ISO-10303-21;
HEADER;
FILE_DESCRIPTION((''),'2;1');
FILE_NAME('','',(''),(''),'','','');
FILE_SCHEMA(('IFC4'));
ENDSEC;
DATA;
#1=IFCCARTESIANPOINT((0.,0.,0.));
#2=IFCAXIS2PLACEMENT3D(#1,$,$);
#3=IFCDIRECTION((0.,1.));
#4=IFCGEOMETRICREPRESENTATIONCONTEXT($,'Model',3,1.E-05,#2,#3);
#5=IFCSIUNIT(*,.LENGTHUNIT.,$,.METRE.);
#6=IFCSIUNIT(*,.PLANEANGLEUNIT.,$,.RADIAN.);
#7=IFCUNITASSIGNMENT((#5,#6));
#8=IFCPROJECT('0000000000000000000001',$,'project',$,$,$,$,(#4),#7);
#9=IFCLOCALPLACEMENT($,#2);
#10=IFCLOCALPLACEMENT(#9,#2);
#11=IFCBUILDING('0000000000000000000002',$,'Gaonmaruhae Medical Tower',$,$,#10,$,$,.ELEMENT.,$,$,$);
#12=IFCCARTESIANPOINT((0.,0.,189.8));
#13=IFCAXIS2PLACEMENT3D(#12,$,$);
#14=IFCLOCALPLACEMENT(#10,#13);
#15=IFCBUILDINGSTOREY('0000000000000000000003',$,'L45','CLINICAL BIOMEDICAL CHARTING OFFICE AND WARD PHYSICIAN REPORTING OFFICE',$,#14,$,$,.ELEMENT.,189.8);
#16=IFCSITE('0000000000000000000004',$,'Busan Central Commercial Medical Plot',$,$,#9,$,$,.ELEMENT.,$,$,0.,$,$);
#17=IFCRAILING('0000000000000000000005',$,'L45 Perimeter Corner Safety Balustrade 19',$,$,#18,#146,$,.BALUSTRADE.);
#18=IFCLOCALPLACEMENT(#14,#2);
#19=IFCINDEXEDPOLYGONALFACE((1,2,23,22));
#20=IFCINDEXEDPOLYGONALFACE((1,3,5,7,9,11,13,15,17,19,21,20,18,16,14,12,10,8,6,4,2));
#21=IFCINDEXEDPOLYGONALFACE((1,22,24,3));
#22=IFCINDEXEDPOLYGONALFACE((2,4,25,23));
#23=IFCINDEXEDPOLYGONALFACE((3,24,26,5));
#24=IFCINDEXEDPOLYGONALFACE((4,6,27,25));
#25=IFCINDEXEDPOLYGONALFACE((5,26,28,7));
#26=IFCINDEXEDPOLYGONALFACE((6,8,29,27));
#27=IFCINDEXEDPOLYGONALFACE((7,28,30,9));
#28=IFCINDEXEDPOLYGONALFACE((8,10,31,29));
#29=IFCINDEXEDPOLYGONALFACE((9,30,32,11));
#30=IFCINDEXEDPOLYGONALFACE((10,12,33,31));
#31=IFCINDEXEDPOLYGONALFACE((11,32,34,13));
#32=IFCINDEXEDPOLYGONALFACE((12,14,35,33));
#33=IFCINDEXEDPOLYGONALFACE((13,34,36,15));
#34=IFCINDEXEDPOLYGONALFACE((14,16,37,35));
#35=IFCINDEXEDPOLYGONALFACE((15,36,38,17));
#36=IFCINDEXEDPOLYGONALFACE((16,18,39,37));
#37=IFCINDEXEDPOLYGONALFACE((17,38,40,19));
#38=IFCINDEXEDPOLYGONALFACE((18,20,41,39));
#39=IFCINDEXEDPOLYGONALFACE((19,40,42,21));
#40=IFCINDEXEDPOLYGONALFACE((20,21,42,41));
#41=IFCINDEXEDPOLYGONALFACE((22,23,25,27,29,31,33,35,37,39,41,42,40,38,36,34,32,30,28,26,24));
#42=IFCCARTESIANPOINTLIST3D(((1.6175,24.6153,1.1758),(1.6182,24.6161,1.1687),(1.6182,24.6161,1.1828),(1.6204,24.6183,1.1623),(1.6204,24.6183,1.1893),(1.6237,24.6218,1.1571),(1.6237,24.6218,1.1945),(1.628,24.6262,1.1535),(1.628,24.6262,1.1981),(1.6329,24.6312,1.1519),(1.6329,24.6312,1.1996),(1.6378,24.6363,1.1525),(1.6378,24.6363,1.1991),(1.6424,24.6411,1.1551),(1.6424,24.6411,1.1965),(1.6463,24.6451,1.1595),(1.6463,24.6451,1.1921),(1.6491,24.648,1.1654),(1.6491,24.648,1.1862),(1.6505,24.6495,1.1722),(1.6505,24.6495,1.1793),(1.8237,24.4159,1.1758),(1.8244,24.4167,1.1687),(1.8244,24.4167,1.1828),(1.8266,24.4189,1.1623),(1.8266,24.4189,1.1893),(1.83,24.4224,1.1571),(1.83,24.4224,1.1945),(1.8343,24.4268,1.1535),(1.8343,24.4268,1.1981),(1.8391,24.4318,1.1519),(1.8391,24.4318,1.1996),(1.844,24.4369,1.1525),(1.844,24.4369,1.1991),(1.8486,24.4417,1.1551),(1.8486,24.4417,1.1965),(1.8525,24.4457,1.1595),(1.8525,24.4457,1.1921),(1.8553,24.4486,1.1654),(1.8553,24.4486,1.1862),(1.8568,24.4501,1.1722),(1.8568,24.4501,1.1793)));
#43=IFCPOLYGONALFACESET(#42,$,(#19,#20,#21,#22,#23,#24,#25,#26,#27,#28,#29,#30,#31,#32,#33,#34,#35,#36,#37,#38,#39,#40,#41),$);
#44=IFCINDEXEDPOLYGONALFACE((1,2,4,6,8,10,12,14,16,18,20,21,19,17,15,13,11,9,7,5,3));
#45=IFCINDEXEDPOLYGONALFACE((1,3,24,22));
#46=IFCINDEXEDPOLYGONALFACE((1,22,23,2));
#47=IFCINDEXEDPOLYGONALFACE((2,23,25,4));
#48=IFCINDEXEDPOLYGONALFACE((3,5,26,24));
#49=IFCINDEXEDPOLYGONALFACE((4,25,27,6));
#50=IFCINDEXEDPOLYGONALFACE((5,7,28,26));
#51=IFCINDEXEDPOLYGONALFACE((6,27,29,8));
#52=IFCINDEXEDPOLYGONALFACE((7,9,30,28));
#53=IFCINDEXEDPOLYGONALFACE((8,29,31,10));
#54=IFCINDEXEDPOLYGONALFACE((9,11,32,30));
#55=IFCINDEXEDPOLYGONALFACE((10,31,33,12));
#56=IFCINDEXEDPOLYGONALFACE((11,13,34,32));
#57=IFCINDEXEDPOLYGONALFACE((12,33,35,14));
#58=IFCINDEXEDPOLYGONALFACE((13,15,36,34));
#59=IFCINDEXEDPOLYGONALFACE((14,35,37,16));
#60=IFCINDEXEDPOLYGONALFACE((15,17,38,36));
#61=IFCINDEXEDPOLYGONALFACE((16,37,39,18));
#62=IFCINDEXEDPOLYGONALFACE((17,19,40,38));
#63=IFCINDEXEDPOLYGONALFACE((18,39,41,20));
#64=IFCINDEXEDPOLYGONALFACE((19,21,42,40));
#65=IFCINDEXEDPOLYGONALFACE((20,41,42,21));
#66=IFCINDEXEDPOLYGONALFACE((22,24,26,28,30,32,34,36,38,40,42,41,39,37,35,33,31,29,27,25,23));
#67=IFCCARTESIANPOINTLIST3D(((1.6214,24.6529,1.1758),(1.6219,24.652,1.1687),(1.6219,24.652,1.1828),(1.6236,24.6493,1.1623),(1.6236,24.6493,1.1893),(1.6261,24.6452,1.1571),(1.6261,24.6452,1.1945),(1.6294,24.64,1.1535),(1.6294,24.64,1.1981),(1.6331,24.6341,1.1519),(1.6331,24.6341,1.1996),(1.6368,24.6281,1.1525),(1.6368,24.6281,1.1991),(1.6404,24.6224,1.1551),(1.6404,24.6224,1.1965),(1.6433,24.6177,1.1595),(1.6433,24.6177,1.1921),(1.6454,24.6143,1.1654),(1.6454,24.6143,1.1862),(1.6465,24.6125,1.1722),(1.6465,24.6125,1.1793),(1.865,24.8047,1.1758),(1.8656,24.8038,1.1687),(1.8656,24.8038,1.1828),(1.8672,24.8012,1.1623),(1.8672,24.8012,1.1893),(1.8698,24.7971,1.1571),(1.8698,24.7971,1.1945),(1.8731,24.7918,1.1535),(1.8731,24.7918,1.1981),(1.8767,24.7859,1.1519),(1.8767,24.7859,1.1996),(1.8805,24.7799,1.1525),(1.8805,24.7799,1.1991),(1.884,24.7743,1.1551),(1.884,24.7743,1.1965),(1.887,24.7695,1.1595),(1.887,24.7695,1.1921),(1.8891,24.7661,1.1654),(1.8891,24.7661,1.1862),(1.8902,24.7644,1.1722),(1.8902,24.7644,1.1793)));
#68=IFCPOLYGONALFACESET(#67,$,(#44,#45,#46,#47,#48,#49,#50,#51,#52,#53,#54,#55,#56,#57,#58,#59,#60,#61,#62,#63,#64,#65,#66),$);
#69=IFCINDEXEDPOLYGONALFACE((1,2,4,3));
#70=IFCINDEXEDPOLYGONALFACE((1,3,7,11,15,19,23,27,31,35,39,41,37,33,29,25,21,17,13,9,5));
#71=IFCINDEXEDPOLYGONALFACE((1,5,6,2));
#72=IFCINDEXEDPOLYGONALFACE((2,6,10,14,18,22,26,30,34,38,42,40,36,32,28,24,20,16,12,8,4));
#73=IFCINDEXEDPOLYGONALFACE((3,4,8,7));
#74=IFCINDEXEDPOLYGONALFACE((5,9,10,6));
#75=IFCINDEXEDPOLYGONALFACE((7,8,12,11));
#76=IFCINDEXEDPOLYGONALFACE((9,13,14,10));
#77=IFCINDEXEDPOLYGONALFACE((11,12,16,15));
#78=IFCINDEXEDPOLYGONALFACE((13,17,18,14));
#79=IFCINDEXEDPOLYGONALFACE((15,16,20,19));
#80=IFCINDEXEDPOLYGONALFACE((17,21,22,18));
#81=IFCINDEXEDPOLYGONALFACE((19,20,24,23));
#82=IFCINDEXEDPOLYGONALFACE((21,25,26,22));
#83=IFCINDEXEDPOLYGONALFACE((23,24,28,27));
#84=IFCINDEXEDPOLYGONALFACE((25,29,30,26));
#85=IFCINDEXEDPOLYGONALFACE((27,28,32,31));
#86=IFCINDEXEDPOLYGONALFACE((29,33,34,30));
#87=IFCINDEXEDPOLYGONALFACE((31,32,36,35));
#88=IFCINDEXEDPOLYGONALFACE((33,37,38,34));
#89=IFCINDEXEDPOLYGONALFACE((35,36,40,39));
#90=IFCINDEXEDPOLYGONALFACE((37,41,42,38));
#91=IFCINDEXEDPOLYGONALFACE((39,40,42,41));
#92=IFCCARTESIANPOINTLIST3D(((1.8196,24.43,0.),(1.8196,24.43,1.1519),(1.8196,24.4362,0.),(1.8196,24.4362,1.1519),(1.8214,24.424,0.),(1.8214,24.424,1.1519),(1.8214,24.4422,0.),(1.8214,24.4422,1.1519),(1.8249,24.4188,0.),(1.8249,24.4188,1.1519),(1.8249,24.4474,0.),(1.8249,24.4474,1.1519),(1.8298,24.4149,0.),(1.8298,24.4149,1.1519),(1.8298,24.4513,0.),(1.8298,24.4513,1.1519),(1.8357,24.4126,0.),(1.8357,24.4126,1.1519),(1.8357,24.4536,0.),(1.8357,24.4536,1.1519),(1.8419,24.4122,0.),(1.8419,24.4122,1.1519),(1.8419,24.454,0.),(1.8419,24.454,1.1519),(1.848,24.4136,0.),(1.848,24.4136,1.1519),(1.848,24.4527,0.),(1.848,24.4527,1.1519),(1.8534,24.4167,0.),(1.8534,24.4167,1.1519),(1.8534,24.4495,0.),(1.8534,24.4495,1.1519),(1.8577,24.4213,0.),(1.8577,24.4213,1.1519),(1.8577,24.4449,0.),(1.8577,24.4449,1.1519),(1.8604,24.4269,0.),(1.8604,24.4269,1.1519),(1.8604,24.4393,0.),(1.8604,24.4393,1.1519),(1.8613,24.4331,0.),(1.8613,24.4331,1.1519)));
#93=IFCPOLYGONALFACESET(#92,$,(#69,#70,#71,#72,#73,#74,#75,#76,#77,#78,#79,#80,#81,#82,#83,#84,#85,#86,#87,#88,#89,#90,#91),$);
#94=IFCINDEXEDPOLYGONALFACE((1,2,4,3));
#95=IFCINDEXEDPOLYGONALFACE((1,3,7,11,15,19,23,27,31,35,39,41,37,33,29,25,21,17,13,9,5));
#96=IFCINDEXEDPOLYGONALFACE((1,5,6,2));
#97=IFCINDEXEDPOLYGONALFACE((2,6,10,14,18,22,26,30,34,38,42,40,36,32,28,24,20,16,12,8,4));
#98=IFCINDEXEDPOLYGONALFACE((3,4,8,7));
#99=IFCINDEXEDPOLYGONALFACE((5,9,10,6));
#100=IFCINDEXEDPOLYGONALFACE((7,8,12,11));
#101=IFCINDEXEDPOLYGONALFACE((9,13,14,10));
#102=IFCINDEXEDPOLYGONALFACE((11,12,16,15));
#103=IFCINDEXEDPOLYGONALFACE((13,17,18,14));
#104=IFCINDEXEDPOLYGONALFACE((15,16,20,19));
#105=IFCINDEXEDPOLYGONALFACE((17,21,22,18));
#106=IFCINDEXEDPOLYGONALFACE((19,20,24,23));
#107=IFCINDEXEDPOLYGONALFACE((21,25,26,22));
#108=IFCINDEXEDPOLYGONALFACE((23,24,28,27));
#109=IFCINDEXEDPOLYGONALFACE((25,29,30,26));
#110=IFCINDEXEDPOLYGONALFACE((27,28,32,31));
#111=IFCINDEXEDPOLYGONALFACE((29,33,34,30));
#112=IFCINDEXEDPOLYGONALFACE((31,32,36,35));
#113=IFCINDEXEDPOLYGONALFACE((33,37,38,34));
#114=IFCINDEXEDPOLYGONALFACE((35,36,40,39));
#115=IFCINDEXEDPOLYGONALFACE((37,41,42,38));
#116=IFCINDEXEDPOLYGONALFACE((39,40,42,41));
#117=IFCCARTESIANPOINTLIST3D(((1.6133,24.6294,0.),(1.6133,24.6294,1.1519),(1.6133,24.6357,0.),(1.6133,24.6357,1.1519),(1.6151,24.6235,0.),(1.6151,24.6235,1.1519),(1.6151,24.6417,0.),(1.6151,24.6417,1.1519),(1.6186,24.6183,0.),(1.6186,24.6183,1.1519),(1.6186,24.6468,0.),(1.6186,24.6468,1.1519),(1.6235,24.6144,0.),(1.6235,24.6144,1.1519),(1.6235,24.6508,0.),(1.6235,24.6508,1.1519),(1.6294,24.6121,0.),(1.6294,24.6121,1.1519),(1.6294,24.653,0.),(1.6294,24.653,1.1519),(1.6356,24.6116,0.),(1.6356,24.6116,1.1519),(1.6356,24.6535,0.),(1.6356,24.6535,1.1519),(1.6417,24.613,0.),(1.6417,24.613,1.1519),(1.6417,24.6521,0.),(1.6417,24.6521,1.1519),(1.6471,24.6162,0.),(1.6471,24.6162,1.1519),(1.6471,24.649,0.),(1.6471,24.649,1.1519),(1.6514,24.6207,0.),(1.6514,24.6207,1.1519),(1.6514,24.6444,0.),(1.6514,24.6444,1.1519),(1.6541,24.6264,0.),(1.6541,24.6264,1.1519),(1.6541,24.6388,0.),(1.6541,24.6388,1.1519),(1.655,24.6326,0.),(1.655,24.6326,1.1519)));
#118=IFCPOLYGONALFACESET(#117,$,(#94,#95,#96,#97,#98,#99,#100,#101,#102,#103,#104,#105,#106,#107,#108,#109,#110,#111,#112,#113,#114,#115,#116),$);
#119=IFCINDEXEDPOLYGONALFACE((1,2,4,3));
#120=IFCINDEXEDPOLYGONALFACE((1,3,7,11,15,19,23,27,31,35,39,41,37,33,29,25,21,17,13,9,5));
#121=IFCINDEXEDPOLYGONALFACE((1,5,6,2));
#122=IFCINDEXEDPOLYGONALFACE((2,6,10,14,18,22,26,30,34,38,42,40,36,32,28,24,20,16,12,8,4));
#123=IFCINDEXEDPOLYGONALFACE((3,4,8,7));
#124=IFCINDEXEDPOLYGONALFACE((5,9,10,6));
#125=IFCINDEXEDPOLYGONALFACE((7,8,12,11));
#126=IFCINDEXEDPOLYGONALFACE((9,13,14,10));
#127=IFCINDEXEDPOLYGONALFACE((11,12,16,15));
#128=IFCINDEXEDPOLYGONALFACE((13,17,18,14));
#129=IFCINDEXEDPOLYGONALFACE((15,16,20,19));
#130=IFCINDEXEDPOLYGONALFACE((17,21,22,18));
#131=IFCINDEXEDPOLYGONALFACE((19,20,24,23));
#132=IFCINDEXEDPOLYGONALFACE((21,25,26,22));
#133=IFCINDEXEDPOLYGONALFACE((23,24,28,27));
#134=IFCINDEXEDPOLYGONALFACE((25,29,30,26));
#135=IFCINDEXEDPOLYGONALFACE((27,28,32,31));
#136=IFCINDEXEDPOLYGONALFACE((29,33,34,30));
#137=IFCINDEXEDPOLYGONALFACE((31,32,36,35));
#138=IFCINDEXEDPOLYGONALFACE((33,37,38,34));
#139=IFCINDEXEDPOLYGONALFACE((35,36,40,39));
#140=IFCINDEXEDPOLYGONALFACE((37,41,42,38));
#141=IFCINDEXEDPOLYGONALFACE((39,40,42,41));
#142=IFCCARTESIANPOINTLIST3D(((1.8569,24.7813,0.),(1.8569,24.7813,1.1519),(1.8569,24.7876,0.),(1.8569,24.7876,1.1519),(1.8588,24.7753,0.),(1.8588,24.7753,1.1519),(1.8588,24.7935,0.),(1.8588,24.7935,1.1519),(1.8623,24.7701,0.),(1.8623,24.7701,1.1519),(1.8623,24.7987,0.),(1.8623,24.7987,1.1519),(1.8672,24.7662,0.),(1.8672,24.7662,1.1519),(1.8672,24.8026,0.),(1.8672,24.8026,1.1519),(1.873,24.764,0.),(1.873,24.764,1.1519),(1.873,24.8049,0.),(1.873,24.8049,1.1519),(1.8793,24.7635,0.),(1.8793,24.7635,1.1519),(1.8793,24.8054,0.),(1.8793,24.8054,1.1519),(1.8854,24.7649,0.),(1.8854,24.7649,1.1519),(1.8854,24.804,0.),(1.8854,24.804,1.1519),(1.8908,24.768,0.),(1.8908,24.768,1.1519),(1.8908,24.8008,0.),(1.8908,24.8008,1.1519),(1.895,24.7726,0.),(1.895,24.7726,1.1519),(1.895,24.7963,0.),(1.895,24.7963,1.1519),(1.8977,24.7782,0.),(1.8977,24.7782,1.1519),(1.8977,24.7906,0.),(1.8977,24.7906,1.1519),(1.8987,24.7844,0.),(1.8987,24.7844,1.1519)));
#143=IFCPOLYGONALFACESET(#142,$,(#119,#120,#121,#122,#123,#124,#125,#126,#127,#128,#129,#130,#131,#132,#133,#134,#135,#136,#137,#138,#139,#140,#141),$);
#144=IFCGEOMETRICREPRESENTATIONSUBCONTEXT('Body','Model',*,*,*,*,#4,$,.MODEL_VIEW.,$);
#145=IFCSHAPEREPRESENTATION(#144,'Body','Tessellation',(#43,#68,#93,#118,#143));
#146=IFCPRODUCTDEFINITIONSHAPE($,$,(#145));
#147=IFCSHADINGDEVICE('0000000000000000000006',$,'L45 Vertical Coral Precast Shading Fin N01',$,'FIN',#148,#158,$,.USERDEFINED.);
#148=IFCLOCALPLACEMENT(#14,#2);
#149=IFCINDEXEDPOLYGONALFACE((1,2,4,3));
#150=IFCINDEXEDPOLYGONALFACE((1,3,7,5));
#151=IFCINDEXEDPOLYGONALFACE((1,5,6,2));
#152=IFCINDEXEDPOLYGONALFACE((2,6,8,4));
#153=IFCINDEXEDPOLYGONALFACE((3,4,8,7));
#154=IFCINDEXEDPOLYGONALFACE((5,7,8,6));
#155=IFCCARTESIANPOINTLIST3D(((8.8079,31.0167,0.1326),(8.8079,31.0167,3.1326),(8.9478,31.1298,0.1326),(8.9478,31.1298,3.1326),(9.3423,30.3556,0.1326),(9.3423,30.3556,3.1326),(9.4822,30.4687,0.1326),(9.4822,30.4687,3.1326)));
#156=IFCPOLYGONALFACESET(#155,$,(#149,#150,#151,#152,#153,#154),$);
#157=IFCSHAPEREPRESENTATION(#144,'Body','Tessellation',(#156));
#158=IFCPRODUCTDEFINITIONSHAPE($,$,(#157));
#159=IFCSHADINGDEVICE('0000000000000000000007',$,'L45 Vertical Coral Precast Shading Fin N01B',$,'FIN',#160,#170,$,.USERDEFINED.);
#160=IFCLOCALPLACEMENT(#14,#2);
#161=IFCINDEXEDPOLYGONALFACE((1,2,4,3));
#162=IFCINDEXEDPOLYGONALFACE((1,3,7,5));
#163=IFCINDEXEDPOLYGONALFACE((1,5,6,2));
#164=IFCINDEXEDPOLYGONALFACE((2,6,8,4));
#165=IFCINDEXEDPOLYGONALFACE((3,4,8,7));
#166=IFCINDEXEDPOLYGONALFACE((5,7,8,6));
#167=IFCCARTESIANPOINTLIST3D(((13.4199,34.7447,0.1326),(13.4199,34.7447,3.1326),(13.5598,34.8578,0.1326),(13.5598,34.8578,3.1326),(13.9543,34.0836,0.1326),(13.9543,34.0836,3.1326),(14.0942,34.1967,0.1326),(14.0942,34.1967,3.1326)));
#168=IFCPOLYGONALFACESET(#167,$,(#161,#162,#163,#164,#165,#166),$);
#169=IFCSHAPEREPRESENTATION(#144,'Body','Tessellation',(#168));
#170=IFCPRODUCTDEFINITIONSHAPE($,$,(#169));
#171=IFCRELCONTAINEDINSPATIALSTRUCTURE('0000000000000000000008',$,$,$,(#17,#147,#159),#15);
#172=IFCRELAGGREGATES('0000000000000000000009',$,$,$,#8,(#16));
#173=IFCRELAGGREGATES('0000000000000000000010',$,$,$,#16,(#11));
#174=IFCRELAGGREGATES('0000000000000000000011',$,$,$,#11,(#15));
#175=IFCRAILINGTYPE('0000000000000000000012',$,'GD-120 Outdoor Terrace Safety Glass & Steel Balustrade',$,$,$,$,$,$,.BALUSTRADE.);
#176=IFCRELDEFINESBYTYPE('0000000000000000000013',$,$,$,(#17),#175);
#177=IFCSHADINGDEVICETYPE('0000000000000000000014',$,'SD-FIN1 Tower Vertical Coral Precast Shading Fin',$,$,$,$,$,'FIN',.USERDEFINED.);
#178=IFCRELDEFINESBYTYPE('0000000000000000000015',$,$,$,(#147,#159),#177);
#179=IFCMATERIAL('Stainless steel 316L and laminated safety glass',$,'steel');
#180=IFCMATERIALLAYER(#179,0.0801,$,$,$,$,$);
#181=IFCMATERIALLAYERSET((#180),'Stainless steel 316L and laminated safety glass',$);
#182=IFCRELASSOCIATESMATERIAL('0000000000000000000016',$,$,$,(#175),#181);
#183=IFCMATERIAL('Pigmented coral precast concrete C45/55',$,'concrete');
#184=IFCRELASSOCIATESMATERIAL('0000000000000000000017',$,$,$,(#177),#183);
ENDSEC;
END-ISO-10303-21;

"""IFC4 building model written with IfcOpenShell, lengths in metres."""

from ifc_helpers import new_model, si_unit, direction, frame, origin, origin_2d, place, context, subcontext, project, spatial, rectangle, circle, extrude, material, layer, layer_set, type_object, element, save


model = new_model("IFC4")

# Units and contexts
model_context = context("Model", 3, precision=1e-05, world=origin(), true_north=direction((0.0, 1.0)))
body_context = subcontext(model_context, "Body", "Model", "MODEL_VIEW")
ifc_project = project(units=[si_unit("LENGTHUNIT", "METRE"), si_unit("PLANEANGLEUNIT", "RADIAN")], contexts=[model_context])

# Site, building, storey
site_placement = place(None, origin())
site = spatial("IfcSite", under=ifc_project, at=site_placement, Name="Busan Central Commercial Medical Plot", CompositionType="ELEMENT", RefElevation=0.0)
building_placement = place(site_placement, origin())
building = spatial("IfcBuilding", under=site, at=building_placement, Name="Gaonmaruhae Medical Tower", CompositionType="ELEMENT")
storey_placement = place(building_placement, frame((0.0, 0.0, 189.8)))
storey = spatial("IfcBuildingStorey", under=building, at=storey_placement, Name="L45", Description="CLINICAL BIOMEDICAL CHARTING OFFICE AND WARD PHYSICIAN REPORTING OFFICE", CompositionType="ELEMENT", Elevation=189.8)

# Railing
ifc_material_1 = material(Name="Stainless steel 316L and laminated safety glass", Category="steel")
ifc_layer_1 = layer(ifc_material_1, 0.0801)
ifc_layer_set_1 = layer_set([ifc_layer_1], Name="Stainless steel 316L and laminated safety glass")
railing_type = type_object("IfcRailingType", Name="GD-120 Outdoor Terrace Safety Glass & Steel Balustrade", PredefinedType="BALUSTRADE", material=ifc_layer_set_1)
railing_placement = place(storey_placement, frame((1.8403, 24.4331, 0.0)))
element("IfcRailing", 1, at=railing_placement, inside=storey, type_object=railing_type, Name="L45 Perimeter Corner Safety Balustrade 19", PredefinedType="BALUSTRADE", context=body_context, shape_type="SweptSolid", body=[
    extrude(circle(Radius=0.0239, at=origin_2d()), frame((0.0, 0.0, 1.1758), z_axis=(-0.718918, 0.695095, 0.0), x_axis=(-0.695095, -0.718918, 0.0)), (0.0, 0.0, 1.0), 0.2869),
    extrude(circle(Radius=0.0239, at=origin_2d()), frame((-0.2063, 0.1995, 1.1758), z_axis=(0.848666, 0.528928, 0.0), x_axis=(-0.528928, 0.848666, 0.0)), (0.0, 0.0, 1.0), 0.2871),
    extrude(circle(Radius=0.021, at=origin_2d()), origin(), (0.0, 0.0, 1.0), 1.1519),
    extrude(circle(Radius=0.021, at=origin_2d()), frame((-0.2063, 0.1995, 0.0)), (0.0, 0.0, 1.0), 1.1519),
    extrude(circle(Radius=0.021, at=origin_2d()), frame((0.0374, 0.3513, 0.0)), (0.0, 0.0, 1.0), 1.1519),
])

# Shading devices
ifc_material_2 = material(Name="Pigmented coral precast concrete C45/55", Category="concrete")
shading_device_type = type_object("IfcShadingDeviceType", Name="SD-FIN1 Tower Vertical Coral Precast Shading Fin", ElementType="FIN", PredefinedType="USERDEFINED", material=ifc_material_2)
for number, where, z_axis, x_axis, name in (
    (2, (9.145, 30.7427, 0.1326), (0.0, 0.0, 1.0), (0.777695, 0.628642, 0.0), "L45 Vertical Coral Precast Shading Fin N01"),
    (3, (13.7571, 34.4707, 0.1326), (0.0, 0.0, 1.0), (0.777695, 0.628642, 0.0), "L45 Vertical Coral Precast Shading Fin N01B"),
):
    element("IfcShadingDevice", number, at=place(storey_placement, frame(where, z_axis=z_axis, x_axis=x_axis)), inside=storey, type_object=shading_device_type, Name=name, ObjectType="FIN", PredefinedType="USERDEFINED", context=body_context, shape_type="SweptSolid", body=[
        extrude(rectangle(XDim=0.1799, YDim=0.8501, at=origin_2d()), origin(), (0.0, 0.0, 1.0), 3.0),
    ])

save(model, "model.ifc")
